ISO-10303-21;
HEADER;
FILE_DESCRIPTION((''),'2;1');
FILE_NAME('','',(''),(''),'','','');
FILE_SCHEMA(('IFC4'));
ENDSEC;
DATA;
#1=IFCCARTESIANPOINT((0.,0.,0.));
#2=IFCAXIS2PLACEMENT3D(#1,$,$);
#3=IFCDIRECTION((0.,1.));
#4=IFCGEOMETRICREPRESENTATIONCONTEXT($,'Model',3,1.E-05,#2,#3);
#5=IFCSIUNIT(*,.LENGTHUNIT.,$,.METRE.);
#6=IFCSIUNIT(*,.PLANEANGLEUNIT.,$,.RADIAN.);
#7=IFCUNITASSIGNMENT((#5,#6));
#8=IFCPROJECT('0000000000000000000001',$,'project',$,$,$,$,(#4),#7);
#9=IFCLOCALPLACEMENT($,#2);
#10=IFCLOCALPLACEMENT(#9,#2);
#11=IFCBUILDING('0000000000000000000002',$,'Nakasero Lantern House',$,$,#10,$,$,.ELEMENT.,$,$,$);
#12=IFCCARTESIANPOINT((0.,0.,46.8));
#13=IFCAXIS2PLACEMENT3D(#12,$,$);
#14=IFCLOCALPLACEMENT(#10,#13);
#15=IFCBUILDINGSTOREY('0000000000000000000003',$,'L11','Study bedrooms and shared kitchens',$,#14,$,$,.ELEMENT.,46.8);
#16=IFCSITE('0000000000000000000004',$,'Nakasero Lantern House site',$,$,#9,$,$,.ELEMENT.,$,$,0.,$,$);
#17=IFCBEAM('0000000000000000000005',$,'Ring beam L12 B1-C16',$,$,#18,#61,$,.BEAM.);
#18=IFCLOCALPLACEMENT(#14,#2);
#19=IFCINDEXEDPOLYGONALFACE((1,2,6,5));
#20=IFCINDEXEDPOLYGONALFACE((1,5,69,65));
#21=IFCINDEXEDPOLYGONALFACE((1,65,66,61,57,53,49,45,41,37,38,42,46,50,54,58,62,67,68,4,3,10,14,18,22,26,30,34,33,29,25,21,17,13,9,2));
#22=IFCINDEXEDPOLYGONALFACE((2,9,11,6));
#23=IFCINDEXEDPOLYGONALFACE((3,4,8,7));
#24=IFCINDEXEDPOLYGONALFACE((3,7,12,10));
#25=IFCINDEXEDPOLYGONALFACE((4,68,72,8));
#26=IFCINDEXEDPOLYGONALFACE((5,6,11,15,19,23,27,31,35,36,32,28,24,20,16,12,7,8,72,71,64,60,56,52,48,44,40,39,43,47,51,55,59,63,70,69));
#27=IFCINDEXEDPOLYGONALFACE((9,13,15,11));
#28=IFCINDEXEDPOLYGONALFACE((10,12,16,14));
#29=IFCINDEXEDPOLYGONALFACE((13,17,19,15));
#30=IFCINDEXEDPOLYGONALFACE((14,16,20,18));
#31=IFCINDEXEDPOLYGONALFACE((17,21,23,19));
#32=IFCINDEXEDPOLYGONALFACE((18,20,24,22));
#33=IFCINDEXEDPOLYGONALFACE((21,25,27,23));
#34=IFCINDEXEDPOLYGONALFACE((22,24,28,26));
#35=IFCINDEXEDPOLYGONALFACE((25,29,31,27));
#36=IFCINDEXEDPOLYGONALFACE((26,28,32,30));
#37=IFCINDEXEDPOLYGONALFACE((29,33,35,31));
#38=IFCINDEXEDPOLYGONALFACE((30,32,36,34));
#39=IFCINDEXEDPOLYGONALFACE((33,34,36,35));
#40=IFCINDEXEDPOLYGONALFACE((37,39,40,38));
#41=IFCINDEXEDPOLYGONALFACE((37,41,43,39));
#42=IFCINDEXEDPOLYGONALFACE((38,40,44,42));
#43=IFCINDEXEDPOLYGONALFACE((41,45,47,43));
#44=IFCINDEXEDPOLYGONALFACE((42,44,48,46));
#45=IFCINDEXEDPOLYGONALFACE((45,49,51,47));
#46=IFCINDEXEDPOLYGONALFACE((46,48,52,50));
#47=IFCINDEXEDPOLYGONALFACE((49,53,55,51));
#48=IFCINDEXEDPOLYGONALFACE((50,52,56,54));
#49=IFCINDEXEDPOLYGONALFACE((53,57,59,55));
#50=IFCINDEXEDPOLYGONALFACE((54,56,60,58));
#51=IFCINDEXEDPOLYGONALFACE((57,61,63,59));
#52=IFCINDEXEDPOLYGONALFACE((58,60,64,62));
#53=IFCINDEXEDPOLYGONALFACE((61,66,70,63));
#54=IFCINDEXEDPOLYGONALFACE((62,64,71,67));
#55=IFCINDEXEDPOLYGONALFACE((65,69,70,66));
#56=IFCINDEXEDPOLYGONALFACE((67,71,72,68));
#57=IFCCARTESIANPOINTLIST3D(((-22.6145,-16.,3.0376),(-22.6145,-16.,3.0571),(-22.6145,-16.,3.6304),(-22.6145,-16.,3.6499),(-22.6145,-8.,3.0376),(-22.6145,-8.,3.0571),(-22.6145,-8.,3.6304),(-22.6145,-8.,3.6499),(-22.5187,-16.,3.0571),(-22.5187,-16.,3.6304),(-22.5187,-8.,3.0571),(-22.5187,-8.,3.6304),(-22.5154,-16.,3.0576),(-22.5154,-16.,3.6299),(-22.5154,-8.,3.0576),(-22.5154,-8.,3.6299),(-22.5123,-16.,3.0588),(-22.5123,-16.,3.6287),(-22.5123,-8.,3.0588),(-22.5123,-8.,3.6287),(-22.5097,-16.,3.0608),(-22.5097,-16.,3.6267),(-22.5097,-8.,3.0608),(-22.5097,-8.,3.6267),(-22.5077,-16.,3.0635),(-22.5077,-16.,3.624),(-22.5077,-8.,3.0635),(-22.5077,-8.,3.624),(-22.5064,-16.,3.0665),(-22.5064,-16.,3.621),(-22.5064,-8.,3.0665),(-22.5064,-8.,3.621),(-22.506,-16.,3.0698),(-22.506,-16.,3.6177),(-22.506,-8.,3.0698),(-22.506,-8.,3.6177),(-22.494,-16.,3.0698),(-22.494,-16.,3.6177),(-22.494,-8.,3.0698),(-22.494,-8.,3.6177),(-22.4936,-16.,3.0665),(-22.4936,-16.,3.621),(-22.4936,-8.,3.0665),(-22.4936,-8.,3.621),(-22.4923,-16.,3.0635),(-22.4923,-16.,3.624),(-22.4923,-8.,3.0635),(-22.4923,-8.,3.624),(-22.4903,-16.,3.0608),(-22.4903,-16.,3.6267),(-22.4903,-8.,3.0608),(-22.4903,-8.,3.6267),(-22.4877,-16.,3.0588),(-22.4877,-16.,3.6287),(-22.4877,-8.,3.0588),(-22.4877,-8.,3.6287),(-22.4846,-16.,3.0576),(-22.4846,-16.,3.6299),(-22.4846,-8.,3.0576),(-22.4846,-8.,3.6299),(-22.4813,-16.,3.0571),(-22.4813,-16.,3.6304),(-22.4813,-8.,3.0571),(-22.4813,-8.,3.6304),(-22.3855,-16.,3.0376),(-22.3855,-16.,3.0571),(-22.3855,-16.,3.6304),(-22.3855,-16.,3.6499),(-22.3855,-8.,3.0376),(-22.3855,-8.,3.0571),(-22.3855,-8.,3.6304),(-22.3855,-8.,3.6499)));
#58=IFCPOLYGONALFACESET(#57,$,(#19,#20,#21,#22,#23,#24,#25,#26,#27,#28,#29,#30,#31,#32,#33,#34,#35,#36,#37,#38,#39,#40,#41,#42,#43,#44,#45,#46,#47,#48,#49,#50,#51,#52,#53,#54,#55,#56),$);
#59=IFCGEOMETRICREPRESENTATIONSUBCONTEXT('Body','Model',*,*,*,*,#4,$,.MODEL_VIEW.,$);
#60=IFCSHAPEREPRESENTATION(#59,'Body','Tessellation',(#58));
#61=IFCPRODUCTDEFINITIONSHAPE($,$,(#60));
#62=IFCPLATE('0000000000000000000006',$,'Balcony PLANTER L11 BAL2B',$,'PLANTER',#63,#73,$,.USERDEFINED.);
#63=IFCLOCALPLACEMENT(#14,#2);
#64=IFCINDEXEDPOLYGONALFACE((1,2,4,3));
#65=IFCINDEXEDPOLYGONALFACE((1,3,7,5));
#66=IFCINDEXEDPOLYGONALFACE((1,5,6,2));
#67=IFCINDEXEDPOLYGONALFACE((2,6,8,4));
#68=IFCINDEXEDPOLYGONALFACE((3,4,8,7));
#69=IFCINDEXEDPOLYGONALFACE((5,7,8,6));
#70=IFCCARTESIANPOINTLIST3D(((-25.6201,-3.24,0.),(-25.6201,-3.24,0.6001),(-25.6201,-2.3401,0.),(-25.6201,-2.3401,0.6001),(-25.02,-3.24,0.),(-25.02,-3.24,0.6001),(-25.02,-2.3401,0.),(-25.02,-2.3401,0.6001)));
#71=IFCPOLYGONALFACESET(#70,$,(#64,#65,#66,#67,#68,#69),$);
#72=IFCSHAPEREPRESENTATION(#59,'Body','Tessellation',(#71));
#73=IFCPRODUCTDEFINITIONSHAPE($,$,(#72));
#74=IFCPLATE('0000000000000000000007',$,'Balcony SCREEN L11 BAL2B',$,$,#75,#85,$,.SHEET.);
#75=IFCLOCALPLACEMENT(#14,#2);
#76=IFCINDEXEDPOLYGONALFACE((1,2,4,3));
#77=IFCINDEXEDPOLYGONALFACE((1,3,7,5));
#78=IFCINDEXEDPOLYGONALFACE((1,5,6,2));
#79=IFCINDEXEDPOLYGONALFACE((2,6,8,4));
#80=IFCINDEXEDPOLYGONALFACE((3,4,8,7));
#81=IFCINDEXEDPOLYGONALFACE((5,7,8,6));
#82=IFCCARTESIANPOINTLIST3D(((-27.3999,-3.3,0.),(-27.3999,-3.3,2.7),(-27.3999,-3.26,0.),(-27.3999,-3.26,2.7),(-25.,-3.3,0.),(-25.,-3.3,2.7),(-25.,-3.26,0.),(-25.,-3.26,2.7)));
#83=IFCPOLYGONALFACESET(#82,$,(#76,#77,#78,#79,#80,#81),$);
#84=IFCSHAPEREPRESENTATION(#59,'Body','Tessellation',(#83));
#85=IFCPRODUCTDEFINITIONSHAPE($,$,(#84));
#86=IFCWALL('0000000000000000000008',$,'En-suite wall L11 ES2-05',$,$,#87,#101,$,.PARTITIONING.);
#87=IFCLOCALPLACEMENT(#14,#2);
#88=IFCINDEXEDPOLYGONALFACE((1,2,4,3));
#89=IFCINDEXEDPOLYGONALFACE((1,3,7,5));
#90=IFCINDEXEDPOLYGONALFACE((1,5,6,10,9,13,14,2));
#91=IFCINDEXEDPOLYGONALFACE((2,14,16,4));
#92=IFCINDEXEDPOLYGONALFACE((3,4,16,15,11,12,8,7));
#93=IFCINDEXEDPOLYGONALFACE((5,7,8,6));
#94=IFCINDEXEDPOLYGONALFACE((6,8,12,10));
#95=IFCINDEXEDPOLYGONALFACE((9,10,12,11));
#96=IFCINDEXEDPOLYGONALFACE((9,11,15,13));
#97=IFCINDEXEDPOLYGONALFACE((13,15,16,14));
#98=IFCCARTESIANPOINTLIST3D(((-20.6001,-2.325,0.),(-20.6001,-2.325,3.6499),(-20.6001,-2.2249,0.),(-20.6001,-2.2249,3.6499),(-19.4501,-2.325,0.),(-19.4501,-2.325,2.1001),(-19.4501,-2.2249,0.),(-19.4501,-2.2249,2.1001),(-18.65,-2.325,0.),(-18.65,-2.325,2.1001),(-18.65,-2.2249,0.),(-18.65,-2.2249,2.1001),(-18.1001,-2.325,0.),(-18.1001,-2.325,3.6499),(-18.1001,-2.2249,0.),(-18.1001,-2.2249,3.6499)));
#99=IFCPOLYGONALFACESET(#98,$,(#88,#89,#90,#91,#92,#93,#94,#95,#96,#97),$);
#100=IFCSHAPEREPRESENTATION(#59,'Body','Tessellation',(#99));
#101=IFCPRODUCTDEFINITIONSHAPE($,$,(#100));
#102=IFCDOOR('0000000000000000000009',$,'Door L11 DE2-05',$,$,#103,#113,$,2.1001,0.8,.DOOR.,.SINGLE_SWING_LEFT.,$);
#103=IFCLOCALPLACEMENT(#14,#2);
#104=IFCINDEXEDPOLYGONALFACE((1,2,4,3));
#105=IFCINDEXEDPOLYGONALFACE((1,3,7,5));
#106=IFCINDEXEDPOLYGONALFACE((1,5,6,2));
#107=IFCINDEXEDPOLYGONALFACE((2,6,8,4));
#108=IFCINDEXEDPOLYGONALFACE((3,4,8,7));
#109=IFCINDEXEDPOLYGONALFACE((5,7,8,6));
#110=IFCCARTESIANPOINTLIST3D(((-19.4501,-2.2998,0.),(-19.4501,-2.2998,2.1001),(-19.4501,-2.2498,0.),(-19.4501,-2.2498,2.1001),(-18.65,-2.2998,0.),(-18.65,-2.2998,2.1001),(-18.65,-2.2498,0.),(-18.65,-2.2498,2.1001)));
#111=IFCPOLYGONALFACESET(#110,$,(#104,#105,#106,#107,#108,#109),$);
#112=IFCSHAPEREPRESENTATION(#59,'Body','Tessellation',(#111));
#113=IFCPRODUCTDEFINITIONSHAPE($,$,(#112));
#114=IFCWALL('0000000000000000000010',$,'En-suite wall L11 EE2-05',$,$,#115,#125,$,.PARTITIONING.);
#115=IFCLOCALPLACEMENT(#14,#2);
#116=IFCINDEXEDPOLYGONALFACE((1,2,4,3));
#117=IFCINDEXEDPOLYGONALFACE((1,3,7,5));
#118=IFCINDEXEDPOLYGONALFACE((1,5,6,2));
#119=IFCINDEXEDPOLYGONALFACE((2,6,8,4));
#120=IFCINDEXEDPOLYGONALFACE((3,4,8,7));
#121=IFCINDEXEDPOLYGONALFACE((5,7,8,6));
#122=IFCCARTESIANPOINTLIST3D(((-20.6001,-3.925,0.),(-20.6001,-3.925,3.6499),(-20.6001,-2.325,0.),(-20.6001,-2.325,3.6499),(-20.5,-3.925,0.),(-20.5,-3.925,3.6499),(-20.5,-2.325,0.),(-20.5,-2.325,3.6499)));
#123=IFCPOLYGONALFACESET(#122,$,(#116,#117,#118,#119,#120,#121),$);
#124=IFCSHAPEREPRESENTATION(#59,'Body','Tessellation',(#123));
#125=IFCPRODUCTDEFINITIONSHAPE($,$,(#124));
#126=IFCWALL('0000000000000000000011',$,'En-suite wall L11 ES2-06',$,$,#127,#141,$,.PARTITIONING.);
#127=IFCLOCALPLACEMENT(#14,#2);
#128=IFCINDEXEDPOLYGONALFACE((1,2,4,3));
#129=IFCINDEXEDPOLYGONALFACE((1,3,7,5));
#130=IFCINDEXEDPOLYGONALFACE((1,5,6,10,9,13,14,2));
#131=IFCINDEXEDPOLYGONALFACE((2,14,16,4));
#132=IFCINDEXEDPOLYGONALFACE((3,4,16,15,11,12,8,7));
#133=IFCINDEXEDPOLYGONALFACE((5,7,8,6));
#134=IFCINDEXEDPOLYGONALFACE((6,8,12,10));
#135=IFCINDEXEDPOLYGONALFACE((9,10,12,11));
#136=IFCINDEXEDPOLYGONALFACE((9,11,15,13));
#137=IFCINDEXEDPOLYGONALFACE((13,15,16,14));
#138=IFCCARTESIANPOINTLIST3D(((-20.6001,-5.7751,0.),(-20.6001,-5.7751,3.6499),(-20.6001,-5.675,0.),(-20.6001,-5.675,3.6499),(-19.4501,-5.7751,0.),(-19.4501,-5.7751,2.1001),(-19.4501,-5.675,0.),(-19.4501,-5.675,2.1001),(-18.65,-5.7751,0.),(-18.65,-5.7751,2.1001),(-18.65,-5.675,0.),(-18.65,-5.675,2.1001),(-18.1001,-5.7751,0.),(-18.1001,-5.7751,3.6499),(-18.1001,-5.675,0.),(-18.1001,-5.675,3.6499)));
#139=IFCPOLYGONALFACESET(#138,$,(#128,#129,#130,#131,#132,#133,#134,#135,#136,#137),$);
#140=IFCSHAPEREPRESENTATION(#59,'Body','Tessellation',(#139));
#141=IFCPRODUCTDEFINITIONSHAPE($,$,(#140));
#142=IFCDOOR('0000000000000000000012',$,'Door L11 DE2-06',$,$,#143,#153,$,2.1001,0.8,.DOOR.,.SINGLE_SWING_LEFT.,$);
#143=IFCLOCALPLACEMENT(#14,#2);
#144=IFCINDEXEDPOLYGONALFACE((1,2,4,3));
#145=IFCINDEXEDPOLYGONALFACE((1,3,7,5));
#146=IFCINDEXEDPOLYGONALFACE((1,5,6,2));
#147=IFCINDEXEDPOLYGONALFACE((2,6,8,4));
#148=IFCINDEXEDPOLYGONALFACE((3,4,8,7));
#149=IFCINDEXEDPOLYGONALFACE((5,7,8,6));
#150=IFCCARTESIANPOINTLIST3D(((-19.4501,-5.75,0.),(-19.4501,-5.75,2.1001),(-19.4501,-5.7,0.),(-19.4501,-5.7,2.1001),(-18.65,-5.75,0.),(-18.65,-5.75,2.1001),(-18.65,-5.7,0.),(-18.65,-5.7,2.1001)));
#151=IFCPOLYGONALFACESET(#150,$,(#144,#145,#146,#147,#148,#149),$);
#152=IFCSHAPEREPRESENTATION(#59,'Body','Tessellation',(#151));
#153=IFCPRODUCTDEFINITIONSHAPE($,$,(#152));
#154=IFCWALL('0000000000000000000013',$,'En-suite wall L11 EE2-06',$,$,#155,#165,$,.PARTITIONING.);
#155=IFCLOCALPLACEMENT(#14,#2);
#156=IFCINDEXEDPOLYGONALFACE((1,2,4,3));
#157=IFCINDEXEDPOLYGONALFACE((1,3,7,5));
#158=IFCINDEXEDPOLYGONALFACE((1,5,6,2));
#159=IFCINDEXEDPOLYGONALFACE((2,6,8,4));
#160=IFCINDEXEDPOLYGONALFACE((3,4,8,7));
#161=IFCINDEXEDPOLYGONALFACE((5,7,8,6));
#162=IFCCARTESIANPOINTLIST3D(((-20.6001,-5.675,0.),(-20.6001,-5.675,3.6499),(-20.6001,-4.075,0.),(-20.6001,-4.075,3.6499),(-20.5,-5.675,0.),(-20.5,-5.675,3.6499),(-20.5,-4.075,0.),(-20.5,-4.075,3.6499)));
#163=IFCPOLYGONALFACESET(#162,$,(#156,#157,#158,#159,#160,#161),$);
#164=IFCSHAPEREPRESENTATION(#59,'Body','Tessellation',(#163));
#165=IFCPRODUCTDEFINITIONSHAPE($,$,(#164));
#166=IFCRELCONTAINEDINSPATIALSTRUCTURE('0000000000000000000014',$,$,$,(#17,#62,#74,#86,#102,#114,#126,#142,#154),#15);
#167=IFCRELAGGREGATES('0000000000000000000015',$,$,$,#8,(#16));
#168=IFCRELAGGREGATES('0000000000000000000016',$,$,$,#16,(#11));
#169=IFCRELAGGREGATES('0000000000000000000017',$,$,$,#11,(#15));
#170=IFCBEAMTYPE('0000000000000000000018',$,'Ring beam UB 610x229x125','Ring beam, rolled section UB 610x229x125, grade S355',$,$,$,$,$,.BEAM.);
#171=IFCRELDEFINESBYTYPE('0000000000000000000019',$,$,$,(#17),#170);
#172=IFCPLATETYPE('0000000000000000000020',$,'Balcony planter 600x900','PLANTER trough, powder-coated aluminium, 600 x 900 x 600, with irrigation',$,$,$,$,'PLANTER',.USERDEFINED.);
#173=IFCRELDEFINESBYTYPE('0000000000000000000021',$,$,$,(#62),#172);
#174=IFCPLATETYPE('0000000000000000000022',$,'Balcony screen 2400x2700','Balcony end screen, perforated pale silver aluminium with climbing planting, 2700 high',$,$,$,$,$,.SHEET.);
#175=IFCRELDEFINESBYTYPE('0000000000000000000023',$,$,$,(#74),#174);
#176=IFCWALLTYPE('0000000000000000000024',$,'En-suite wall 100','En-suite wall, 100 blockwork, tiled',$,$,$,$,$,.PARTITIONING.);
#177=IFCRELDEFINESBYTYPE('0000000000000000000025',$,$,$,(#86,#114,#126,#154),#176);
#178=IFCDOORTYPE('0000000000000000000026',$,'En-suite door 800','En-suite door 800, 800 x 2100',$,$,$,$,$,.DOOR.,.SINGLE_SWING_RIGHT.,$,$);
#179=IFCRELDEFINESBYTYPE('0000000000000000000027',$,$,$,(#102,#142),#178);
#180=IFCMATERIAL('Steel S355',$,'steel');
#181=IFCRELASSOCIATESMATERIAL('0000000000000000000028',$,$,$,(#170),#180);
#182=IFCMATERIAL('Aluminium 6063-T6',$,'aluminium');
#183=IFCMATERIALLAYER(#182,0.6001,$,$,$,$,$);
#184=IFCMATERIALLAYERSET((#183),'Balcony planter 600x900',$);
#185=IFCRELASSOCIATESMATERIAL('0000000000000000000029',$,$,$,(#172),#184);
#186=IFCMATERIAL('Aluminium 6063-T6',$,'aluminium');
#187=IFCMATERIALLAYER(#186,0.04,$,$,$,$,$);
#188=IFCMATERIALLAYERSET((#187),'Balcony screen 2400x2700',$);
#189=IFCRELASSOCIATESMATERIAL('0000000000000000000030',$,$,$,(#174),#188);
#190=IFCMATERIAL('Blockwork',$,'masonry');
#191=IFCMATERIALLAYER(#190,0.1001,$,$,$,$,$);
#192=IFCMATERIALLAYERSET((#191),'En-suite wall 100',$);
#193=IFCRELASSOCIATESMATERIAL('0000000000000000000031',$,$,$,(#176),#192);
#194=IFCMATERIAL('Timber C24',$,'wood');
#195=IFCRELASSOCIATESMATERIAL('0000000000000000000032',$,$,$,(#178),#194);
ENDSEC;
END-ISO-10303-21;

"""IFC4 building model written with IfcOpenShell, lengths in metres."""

from ifc_helpers import new_model, si_unit, direction, frame, frame_2d, origin, origin_2d, place, context, subcontext, project, spatial, rectangle, i_section, extrude, material, layer, layer_set, material_profile, profile_set, type_object, element, fill, save


model = new_model("IFC4")

# Units and contexts
model_context = context("Model", 3, precision=1e-05, world=origin(), true_north=direction((0.0, 1.0)))
body_context = subcontext(model_context, "Body", "Model", "MODEL_VIEW")
ifc_project = project(units=[si_unit("LENGTHUNIT", "METRE"), si_unit("PLANEANGLEUNIT", "RADIAN")], contexts=[model_context])

# Site, building, storey
site_placement = place(None, origin())
site = spatial("IfcSite", under=ifc_project, at=site_placement, Name="Nakasero Lantern House site", CompositionType="ELEMENT", RefElevation=0.0)
building_placement = place(site_placement, origin())
building = spatial("IfcBuilding", under=site, at=building_placement, Name="Nakasero Lantern House", CompositionType="ELEMENT")
storey_placement = place(building_placement, frame((0.0, 0.0, 46.8)))
storey = spatial("IfcBuildingStorey", under=building, at=storey_placement, Name="L11", Description="Study bedrooms and shared kitchens", CompositionType="ELEMENT", Elevation=46.8)

# Beam
ifc_material_1 = material(Name="Steel S355", Category="steel")
ifc_material_profile_1 = material_profile(ifc_material_1, i_section(OverallWidth=0.229, OverallDepth=0.6123, WebThickness=0.012, FlangeThickness=0.0195, FilletRadius=0.0127, at=origin_2d()), Name="UB 610x229x125")
ifc_profile_set_1 = profile_set([ifc_material_profile_1], Name="Steel S355")
beam_type_1 = type_object("IfcBeamType", Name="Ring beam UB 610x229x125", Description="Ring beam, rolled section UB 610x229x125, grade S355", PredefinedType="BEAM", material=ifc_profile_set_1)
beam_1_placement = place(storey_placement, frame((-22.5, -8.0, 3.3438), z_axis=(0.0, -1.0, 0.0), x_axis=(1.0, 0.0, 0.0)))
element("IfcBeam", 1, at=beam_1_placement, inside=storey, type_object=beam_type_1, Name="Ring beam L12 B1-C16", PredefinedType="BEAM", context=body_context, shape_type="SweptSolid", body=[
    extrude(i_section(OverallWidth=0.229, OverallDepth=0.6123, WebThickness=0.012, FlangeThickness=0.0195, FilletRadius=0.0127, at=origin_2d()), origin(), (0.0, 0.0, 1.0), 8.0),
])

# Plates
ifc_material_2 = material(Name="Aluminium 6063-T6", Category="aluminium")
ifc_layer_1 = layer(ifc_material_2, 0.6001)
ifc_layer_set_1 = layer_set([ifc_layer_1], Name="Balcony planter 600x900")
plate_type_1 = type_object("IfcPlateType", Name="Balcony planter 600x900", Description="PLANTER trough, powder-coated aluminium, 600 x 900 x 600, with irrigation", ElementType="PLANTER", PredefinedType="USERDEFINED", material=ifc_layer_set_1)
plate_1_placement = place(storey_placement, frame((-25.3201, -2.79, 0.0), z_axis=(0.0, 0.0, 1.0), x_axis=(-1.0, 0.0, 0.0)))
element("IfcPlate", 2, at=plate_1_placement, inside=storey, type_object=plate_type_1, Name="Balcony PLANTER L11 BAL2B", ObjectType="PLANTER", PredefinedType="USERDEFINED", context=body_context, shape_type="SweptSolid", body=[
    extrude(rectangle(XDim=0.6001, YDim=0.8999, at=origin_2d()), origin(), (0.0, 0.0, 1.0), 0.6001),
])
ifc_material_3 = material(Name="Aluminium 6063-T6", Category="aluminium")
ifc_layer_2 = layer(ifc_material_3, 0.04)
ifc_layer_set_2 = layer_set([ifc_layer_2], Name="Balcony screen 2400x2700")
plate_type_2 = type_object("IfcPlateType", Name="Balcony screen 2400x2700", Description="Balcony end screen, perforated pale silver aluminium with climbing planting, 2700 high", PredefinedType="SHEET", material=ifc_layer_set_2)
plate_2_placement = place(storey_placement, frame((-26.2, -3.28, 0.0), z_axis=(0.0, 0.0, 1.0), x_axis=(-1.0, 0.0, 0.0)))
element("IfcPlate", 3, at=plate_2_placement, inside=storey, type_object=plate_type_2, Name="Balcony SCREEN L11 BAL2B", PredefinedType="SHEET", context=body_context, shape_type="SweptSolid", body=[
    extrude(rectangle(XDim=2.3999, YDim=0.04, at=origin_2d()), origin(), (0.0, 0.0, 1.0), 2.7),
])

# Wall, opening, door
ifc_material_4 = material(Name="Blockwork", Category="masonry")
ifc_layer_3 = layer(ifc_material_4, 0.1001)
ifc_layer_set_3 = layer_set([ifc_layer_3], Name="En-suite wall 100")
wall_type_1 = type_object("IfcWallType", Name="En-suite wall 100", Description="En-suite wall, 100 blockwork, tiled", PredefinedType="PARTITIONING", material=ifc_layer_set_3)
wall_1_placement = place(storey_placement, frame((-18.1001, -2.2749, 0.0), z_axis=(0.0, 0.0, 1.0), x_axis=(-1.0, 0.0, 0.0)))
wall_1 = element("IfcWall", 4, at=wall_1_placement, inside=storey, type_object=wall_type_1, Name="En-suite wall L11 ES2-05", PredefinedType="PARTITIONING", context=body_context, shape_type="SweptSolid", body=[
    extrude(rectangle(XDim=2.5, YDim=0.1001, at=frame_2d((1.25, 0.0))), origin(), (0.0, 0.0, 1.0), 3.6499),
])
opening_1_placement = place(wall_1_placement, frame((0.55, 0.0, 0.0)))
opening_1 = element("IfcOpeningElement", 5, at=opening_1_placement, cuts=wall_1, PredefinedType="OPENING", context=body_context, shape_type="SweptSolid", body=[
    extrude(rectangle(XDim=0.8, YDim=2.1001, at=frame_2d((0.3999, 1.05))), frame((0.0, 0.0701, 0.0), z_axis=(0.0, -1.0, 0.0), x_axis=(1.0, 0.0, 0.0)), (0.0, 0.0, 1.0), 0.1401),
])
ifc_material_5 = material(Name="Timber C24", Category="wood")
door_type_1 = type_object("IfcDoorType", Name="En-suite door 800", Description="En-suite door 800, 800 x 2100", OperationType="SINGLE_SWING_RIGHT", PredefinedType="DOOR", material=ifc_material_5)
door_1_placement = place(opening_1_placement, origin())
door_1 = element("IfcDoor", 6, at=door_1_placement, inside=storey, type_object=door_type_1, Name="Door L11 DE2-05", OperationType="SINGLE_SWING_LEFT", OverallHeight=2.1001, OverallWidth=0.8, PredefinedType="DOOR", context=body_context, shape_type="SweptSolid", body=[
    extrude(rectangle(XDim=0.8, YDim=2.1001, at=frame_2d((0.3999, 1.05))), frame((0.0, 0.0249, 0.0), z_axis=(0.0, -1.0, 0.0), x_axis=(1.0, 0.0, 0.0)), (0.0, 0.0, 1.0), 0.05),
])
fill(opening_1, door_1)

# Wall
wall_2_placement = place(storey_placement, frame((-20.55, -2.325, 0.0), z_axis=(0.0, 0.0, 1.0), x_axis=(0.0, -1.0, 0.0)))
element("IfcWall", 7, at=wall_2_placement, inside=storey, type_object=wall_type_1, Name="En-suite wall L11 EE2-05", PredefinedType="PARTITIONING", context=body_context, shape_type="SweptSolid", body=[
    extrude(rectangle(XDim=1.6001, YDim=0.1001, at=frame_2d((0.8, 0.0))), origin(), (0.0, 0.0, 1.0), 3.6499),
])

# Wall, opening, door
wall_3_placement = place(storey_placement, frame((-18.1001, -5.7251, 0.0), z_axis=(0.0, 0.0, 1.0), x_axis=(-1.0, 0.0, 0.0)))
wall_3 = element("IfcWall", 8, at=wall_3_placement, inside=storey, type_object=wall_type_1, Name="En-suite wall L11 ES2-06", PredefinedType="PARTITIONING", context=body_context, shape_type="SweptSolid", body=[
    extrude(rectangle(XDim=2.5, YDim=0.1001, at=frame_2d((1.25, 0.0))), origin(), (0.0, 0.0, 1.0), 3.6499),
])
opening_2_placement = place(wall_3_placement, frame((0.55, 0.0, 0.0)))
opening_2 = element("IfcOpeningElement", 9, at=opening_2_placement, cuts=wall_3, PredefinedType="OPENING", context=body_context, shape_type="SweptSolid", body=[
    extrude(rectangle(XDim=0.8, YDim=2.1001, at=frame_2d((0.3999, 1.05))), frame((0.0, 0.0701, 0.0), z_axis=(0.0, -1.0, 0.0), x_axis=(1.0, 0.0, 0.0)), (0.0, 0.0, 1.0), 0.1401),
])
door_2_placement = place(opening_2_placement, origin())
door_2 = element("IfcDoor", 10, at=door_2_placement, inside=storey, type_object=door_type_1, Name="Door L11 DE2-06", OperationType="SINGLE_SWING_LEFT", OverallHeight=2.1001, OverallWidth=0.8, PredefinedType="DOOR", context=body_context, shape_type="SweptSolid", body=[
    extrude(rectangle(XDim=0.8, YDim=2.1001, at=frame_2d((0.3999, 1.05))), frame((0.0, 0.0249, 0.0), z_axis=(0.0, -1.0, 0.0), x_axis=(1.0, 0.0, 0.0)), (0.0, 0.0, 1.0), 0.05),
])
fill(opening_2, door_2)

# Wall
wall_4_placement = place(storey_placement, frame((-20.55, -4.075, 0.0), z_axis=(0.0, 0.0, 1.0), x_axis=(0.0, -1.0, 0.0)))
element("IfcWall", 11, at=wall_4_placement, inside=storey, type_object=wall_type_1, Name="En-suite wall L11 EE2-06", PredefinedType="PARTITIONING", context=body_context, shape_type="SweptSolid", body=[
    extrude(rectangle(XDim=1.6001, YDim=0.1001, at=frame_2d((0.8, 0.0))), origin(), (0.0, 0.0, 1.0), 3.6499),
])

save(model, "model.ifc")
